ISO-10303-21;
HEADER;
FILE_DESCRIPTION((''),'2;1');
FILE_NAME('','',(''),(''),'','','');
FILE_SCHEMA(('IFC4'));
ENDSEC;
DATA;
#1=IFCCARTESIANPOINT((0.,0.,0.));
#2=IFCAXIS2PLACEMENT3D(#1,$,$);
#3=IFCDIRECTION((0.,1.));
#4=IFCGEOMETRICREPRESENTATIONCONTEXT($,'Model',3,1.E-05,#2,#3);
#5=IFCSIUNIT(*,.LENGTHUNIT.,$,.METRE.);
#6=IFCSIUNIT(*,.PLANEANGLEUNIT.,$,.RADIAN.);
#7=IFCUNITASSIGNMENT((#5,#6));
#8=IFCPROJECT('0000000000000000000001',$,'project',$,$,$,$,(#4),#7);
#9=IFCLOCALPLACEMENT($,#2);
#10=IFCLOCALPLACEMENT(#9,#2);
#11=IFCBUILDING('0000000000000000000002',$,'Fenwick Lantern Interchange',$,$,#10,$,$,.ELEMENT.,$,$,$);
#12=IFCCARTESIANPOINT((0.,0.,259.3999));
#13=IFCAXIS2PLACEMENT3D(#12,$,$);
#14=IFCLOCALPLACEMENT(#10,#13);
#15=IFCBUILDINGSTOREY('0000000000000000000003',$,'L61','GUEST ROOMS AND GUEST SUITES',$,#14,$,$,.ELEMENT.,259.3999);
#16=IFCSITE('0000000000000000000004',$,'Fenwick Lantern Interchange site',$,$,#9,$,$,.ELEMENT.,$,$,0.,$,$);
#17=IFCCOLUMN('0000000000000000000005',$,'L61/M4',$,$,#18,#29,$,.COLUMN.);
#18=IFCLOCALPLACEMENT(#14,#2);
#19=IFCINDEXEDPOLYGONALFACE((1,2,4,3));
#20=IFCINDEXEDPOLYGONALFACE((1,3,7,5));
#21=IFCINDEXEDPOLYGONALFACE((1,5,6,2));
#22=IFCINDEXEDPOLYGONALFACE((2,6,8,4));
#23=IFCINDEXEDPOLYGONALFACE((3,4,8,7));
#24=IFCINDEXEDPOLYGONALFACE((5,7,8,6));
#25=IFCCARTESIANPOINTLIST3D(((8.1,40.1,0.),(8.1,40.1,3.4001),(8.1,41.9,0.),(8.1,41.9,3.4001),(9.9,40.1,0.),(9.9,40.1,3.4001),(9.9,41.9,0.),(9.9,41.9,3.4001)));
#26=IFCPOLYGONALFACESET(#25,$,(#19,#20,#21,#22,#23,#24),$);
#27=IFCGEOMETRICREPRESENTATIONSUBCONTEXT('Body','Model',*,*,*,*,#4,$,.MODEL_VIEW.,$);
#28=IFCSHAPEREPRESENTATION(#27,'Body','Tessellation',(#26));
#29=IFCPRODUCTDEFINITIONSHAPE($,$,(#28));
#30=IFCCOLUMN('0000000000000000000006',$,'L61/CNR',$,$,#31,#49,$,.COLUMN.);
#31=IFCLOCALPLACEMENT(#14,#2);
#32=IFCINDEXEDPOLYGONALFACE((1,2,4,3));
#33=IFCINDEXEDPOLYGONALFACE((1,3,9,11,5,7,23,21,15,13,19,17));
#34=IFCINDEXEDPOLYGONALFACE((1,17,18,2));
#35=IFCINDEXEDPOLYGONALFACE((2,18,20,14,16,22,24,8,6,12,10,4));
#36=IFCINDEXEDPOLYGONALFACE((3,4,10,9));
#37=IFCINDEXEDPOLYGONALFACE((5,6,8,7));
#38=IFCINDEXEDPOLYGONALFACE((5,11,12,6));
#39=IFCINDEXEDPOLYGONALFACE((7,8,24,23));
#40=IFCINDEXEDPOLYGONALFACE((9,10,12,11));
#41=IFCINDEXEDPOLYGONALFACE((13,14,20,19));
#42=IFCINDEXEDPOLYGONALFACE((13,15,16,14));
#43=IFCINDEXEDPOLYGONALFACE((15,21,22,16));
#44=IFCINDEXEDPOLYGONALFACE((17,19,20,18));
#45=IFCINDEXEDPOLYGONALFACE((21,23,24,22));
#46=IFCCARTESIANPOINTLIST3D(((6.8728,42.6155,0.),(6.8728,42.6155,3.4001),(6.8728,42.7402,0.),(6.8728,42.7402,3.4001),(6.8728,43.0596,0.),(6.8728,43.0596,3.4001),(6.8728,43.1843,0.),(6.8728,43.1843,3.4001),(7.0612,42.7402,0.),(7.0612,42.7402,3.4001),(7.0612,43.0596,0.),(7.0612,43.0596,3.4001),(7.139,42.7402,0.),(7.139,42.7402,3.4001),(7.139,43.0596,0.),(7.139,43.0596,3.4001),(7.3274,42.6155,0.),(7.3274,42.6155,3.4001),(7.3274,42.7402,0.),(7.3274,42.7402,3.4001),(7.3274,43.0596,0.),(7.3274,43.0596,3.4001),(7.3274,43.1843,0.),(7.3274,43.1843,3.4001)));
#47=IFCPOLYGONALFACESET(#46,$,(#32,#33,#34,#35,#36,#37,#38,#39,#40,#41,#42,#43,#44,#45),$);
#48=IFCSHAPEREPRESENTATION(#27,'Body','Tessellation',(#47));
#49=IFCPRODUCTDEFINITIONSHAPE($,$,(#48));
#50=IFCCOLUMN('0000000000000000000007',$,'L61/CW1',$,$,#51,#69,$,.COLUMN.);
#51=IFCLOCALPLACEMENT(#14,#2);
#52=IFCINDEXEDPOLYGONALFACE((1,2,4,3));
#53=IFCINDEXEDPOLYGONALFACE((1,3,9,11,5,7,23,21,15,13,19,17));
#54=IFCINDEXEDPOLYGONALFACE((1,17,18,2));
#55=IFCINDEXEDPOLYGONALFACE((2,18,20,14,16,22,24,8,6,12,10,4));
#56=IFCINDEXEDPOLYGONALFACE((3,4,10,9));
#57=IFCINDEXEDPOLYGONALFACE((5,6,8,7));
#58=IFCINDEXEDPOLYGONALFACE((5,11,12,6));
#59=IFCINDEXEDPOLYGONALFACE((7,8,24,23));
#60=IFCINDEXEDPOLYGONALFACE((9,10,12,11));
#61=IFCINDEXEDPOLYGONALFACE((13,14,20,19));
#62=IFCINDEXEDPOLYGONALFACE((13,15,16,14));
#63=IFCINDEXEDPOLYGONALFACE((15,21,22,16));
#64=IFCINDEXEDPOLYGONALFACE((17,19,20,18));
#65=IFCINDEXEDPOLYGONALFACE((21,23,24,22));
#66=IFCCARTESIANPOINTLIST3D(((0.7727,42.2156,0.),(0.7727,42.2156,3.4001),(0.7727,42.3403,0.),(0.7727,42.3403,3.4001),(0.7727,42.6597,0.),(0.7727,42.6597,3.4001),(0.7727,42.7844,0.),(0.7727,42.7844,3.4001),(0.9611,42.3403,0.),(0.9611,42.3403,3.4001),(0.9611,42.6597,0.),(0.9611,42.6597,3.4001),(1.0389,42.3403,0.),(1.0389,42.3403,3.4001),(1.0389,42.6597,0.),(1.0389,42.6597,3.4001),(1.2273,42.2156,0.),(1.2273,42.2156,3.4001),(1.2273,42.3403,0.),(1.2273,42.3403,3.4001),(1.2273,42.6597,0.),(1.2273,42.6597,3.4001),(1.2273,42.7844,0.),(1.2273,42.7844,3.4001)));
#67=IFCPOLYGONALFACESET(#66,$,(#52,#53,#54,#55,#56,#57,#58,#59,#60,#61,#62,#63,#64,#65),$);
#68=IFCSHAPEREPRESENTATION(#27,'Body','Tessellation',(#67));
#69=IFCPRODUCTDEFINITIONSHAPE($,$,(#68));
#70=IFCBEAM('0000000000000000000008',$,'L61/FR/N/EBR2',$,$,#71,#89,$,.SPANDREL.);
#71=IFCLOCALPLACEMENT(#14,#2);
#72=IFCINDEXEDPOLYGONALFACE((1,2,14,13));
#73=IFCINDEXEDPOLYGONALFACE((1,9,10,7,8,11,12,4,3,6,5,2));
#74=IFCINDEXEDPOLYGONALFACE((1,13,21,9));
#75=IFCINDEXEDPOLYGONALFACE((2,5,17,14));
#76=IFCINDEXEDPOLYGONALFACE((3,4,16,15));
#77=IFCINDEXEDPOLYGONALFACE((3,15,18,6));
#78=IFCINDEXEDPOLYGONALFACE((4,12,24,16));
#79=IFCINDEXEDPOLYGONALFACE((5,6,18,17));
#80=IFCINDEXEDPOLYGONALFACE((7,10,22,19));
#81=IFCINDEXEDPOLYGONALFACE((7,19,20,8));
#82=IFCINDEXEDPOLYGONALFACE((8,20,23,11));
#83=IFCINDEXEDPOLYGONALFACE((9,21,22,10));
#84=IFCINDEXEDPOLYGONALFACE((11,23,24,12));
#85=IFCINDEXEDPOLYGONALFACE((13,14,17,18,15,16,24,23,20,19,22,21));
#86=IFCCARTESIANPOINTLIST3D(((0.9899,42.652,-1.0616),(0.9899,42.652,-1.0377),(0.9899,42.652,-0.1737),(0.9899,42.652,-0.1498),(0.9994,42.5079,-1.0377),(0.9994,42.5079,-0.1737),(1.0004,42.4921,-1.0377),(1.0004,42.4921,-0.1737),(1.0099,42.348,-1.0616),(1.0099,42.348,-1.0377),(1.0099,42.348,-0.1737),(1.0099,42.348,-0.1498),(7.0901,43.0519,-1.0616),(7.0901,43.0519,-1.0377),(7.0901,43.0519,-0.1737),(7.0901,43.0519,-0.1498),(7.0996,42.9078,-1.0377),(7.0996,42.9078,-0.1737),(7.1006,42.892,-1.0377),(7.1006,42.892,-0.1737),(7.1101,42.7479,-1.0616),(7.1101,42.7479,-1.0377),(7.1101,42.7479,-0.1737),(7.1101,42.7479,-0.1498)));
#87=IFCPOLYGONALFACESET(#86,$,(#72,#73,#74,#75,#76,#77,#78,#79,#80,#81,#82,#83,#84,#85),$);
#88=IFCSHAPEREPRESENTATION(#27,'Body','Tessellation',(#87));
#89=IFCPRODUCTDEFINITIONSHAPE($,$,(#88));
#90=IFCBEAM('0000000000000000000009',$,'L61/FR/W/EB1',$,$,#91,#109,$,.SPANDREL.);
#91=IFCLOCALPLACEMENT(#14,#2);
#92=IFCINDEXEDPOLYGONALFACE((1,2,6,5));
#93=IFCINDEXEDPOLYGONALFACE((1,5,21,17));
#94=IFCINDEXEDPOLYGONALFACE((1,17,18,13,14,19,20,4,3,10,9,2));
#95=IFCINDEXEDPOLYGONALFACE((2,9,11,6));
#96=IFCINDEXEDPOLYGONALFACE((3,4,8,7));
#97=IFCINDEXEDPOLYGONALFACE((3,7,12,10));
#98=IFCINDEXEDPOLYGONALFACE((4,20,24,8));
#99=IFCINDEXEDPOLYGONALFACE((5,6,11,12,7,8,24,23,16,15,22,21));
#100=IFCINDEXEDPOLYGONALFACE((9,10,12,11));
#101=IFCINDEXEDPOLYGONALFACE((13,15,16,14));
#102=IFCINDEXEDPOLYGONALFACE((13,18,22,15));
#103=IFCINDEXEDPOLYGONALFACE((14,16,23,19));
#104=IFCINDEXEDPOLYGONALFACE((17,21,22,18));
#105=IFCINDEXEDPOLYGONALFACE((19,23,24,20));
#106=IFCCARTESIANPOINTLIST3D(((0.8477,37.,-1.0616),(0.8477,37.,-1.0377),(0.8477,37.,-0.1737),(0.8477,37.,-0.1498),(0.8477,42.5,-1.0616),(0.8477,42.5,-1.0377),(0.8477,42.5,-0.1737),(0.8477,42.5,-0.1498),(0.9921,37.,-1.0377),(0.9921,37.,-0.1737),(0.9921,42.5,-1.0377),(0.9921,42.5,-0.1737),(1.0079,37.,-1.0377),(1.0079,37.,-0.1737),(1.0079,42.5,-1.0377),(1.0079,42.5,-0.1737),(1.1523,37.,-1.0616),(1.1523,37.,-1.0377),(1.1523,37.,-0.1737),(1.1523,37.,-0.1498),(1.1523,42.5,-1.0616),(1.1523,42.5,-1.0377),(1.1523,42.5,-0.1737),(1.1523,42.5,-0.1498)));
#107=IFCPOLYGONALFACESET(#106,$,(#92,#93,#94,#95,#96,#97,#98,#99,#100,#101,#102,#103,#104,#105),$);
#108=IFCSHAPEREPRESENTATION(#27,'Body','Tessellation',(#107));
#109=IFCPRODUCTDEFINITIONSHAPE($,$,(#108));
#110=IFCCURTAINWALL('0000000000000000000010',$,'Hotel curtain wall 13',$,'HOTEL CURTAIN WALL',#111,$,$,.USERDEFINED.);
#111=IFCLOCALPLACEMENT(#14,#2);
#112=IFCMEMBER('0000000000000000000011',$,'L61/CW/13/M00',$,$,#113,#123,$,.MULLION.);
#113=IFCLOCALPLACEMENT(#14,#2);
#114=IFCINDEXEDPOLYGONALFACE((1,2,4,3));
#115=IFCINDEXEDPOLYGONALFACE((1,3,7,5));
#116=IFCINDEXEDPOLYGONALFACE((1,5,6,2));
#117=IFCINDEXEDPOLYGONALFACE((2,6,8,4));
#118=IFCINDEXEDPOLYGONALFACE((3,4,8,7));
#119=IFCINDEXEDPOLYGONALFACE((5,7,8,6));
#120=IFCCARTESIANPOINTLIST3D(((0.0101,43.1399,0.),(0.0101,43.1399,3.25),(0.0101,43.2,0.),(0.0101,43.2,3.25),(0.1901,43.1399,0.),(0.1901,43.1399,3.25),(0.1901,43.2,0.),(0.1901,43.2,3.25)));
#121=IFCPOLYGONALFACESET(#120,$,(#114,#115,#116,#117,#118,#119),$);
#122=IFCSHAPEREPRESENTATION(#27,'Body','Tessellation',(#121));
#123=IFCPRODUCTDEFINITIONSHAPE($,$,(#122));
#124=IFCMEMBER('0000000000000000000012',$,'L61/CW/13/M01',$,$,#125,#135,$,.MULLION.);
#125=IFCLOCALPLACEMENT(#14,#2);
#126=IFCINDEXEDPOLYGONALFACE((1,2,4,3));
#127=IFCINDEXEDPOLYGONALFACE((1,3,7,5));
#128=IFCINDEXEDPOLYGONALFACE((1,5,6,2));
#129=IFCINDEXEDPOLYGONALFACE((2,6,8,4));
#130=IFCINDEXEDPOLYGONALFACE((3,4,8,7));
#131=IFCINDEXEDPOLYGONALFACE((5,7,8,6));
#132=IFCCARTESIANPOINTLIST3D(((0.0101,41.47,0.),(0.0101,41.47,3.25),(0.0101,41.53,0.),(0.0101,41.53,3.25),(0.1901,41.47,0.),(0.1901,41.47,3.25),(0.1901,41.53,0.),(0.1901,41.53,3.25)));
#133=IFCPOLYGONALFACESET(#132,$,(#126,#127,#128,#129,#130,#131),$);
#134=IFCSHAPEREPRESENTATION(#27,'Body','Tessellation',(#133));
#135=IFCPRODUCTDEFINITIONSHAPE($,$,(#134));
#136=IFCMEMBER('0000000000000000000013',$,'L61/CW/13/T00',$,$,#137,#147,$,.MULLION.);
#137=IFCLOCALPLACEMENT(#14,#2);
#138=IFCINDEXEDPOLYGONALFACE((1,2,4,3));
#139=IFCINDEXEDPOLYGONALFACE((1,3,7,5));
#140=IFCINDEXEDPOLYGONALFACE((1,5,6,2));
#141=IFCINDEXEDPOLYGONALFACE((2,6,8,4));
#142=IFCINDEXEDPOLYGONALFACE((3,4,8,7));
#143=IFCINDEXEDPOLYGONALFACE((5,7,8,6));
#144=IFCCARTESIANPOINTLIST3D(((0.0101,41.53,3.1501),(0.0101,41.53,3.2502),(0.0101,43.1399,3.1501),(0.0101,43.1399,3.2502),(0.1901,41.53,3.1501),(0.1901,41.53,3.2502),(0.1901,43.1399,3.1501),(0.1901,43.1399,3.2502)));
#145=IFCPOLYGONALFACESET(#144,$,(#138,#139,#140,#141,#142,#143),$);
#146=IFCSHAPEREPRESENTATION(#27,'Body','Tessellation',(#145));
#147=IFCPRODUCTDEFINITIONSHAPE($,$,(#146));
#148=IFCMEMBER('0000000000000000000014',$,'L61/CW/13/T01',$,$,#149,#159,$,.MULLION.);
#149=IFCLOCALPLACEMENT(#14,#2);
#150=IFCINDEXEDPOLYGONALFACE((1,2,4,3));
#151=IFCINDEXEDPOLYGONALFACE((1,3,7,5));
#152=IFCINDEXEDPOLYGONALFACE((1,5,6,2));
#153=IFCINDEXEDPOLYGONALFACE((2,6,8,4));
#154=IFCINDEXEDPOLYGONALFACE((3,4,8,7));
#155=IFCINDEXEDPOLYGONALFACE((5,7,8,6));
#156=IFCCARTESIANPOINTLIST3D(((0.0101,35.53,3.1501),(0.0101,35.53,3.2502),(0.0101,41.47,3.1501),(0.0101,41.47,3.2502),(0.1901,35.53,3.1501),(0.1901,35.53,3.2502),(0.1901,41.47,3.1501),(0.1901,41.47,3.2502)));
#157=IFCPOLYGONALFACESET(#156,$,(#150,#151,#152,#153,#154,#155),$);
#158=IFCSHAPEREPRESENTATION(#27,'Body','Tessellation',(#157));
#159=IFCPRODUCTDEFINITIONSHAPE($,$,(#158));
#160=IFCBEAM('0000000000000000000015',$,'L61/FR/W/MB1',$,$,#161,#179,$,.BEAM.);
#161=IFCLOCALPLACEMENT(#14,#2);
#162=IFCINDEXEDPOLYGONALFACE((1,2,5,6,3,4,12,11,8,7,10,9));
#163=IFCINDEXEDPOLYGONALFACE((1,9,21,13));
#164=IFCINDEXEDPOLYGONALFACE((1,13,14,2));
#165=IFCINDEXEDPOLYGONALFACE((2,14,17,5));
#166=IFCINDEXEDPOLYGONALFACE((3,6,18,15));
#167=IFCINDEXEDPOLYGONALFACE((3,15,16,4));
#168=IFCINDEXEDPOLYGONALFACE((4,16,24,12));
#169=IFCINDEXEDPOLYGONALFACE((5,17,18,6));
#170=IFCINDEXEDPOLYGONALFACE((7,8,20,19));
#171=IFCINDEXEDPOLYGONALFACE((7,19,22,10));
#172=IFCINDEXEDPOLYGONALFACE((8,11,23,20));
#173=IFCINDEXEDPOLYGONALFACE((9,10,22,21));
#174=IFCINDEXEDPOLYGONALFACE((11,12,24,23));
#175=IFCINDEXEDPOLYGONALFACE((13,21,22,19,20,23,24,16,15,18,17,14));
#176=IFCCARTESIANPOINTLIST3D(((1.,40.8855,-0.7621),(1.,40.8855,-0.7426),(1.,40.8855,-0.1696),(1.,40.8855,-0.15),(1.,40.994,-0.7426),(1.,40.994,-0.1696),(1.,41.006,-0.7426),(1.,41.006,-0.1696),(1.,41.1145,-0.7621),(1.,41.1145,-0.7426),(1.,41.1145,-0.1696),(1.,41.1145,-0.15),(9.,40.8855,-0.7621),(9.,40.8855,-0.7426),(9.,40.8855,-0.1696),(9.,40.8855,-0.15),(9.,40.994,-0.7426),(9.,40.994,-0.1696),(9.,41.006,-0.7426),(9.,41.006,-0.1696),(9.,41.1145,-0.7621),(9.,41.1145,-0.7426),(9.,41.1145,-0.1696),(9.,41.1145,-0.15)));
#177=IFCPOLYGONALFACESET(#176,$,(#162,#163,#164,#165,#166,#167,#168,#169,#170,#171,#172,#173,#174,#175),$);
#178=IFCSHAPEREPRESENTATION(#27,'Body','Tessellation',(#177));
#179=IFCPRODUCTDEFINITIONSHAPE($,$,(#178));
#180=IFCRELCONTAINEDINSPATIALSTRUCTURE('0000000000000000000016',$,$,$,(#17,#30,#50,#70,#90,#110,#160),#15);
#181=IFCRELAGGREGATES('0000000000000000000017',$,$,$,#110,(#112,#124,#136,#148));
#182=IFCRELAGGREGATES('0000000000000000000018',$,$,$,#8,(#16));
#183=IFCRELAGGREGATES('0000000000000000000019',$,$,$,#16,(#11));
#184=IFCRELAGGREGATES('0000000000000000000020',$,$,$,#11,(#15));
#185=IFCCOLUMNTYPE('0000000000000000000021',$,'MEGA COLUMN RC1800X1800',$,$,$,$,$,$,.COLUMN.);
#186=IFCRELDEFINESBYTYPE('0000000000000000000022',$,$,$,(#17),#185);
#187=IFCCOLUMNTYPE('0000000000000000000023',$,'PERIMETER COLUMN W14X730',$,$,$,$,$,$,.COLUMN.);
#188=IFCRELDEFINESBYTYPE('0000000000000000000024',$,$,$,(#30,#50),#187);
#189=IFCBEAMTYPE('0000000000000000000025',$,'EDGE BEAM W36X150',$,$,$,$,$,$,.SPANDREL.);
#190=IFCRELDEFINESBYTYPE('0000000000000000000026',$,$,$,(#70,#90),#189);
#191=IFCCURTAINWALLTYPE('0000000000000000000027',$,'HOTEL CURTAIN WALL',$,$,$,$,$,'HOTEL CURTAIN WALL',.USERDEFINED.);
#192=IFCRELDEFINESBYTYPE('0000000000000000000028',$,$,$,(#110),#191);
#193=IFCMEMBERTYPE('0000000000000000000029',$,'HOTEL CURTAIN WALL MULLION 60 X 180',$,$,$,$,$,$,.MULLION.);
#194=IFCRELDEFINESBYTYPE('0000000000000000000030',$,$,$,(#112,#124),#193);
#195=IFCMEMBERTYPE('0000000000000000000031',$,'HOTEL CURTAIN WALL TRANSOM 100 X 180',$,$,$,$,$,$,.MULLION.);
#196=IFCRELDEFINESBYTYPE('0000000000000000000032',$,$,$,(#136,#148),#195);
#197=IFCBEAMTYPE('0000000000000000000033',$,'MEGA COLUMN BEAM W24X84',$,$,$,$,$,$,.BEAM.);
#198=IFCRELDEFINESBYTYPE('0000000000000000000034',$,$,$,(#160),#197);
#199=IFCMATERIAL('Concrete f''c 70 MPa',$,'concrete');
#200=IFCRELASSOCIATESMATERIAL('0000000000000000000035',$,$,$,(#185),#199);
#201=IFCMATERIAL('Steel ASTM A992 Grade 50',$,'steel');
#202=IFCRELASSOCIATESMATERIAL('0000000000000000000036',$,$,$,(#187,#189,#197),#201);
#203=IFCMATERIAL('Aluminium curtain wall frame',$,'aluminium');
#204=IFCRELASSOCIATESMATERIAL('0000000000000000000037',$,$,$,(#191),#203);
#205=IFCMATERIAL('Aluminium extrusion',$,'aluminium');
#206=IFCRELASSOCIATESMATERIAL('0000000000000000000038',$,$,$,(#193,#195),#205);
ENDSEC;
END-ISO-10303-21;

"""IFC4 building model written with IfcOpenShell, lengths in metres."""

from ifc_helpers import new_model, si_unit, direction, frame, origin, origin_2d, place, context, subcontext, project, spatial, rectangle, i_section, extrude, material, material_profile, profile_set, type_object, element, aggregate, save


model = new_model("IFC4")

# Units and contexts
model_context = context("Model", 3, precision=1e-05, world=origin(), true_north=direction((0.0, 1.0)))
body_context = subcontext(model_context, "Body", "Model", "MODEL_VIEW")
ifc_project = project(units=[si_unit("LENGTHUNIT", "METRE"), si_unit("PLANEANGLEUNIT", "RADIAN")], contexts=[model_context])

# Site, building, storey
site_placement = place(None, origin())
site = spatial("IfcSite", under=ifc_project, at=site_placement, Name="Fenwick Lantern Interchange site", CompositionType="ELEMENT", RefElevation=0.0)
building_placement = place(site_placement, origin())
building = spatial("IfcBuilding", under=site, at=building_placement, Name="Fenwick Lantern Interchange", CompositionType="ELEMENT")
storey_placement = place(building_placement, frame((0.0, 0.0, 259.3999)))
storey = spatial("IfcBuildingStorey", under=building, at=storey_placement, Name="L61", Description="GUEST ROOMS AND GUEST SUITES", CompositionType="ELEMENT", Elevation=259.3999)

# Columns
ifc_material_1 = material(Name="Concrete f'c 70 MPa", Category="concrete")
ifc_material_profile_1 = material_profile(ifc_material_1, rectangle(XDim=1.8, YDim=1.8, at=origin_2d()), Name="RC1800X1800")
ifc_profile_set_1 = profile_set([ifc_material_profile_1], Name="Concrete f'c 70 MPa")
column_type_1 = type_object("IfcColumnType", Name="MEGA COLUMN RC1800X1800", PredefinedType="COLUMN", material=ifc_profile_set_1)
column_placement = place(storey_placement, frame((9.0, 41.0, 0.0), z_axis=(0.0, 0.0, 1.0), x_axis=(1.0, 0.0, 0.0)))
element("IfcColumn", 1, at=column_placement, inside=storey, type_object=column_type_1, Name="L61/M4", PredefinedType="COLUMN", context=body_context, shape_type="SweptSolid", body=[
    extrude(rectangle(XDim=1.8, YDim=1.8, at=origin_2d()), origin(), (0.0, 0.0, 1.0), 3.4001),
])
ifc_material_2 = material(Name="Steel ASTM A992 Grade 50", Category="steel")
ifc_material_profile_2 = material_profile(ifc_material_2, i_section(OverallWidth=0.4546, OverallDepth=0.5688, WebThickness=0.0779, FlangeThickness=0.1248, at=origin_2d()), Name="W14X730")
ifc_profile_set_2 = profile_set([ifc_material_profile_2], Name="Steel ASTM A992 Grade 50")
column_type_2 = type_object("IfcColumnType", Name="PERIMETER COLUMN W14X730", PredefinedType="COLUMN", material=ifc_profile_set_2)
for number, where, z_axis, x_axis, name in (
    (2, (7.1001, 42.8999, 0.0), (0.0, 0.0, 1.0), (1.0, 0.0, 0.0), "L61/CNR"),
    (3, (1.0, 42.5, 0.0), (0.0, 0.0, 1.0), (1.0, 0.0, 0.0), "L61/CW1"),
):
    element("IfcColumn", number, at=place(storey_placement, frame(where, z_axis=z_axis, x_axis=x_axis)), inside=storey, type_object=column_type_2, Name=name, PredefinedType="COLUMN", context=body_context, shape_type="SweptSolid", body=[
        extrude(i_section(OverallWidth=0.4546, OverallDepth=0.5688, WebThickness=0.0779, FlangeThickness=0.1248, at=origin_2d()), origin(), (0.0, 0.0, 1.0), 3.4001),
    ])

# Beams
ifc_material_profile_3 = material_profile(ifc_material_2, i_section(OverallWidth=0.3047, OverallDepth=0.9119, WebThickness=0.0159, FlangeThickness=0.0239, at=origin_2d()), Name="W36X150")
ifc_profile_set_3 = profile_set([ifc_material_profile_3], Name="Steel ASTM A992 Grade 50")
beam_type_1 = type_object("IfcBeamType", Name="EDGE BEAM W36X150", PredefinedType="SPANDREL", material=ifc_profile_set_3)
beam_1_placement = place(storey_placement, frame((7.1001, 42.8999, -0.6057), z_axis=(-0.997858, -0.065416, 0.0), x_axis=(0.065416, -0.997858, 0.0)))
element("IfcBeam", 4, at=beam_1_placement, inside=storey, type_object=beam_type_1, Name="L61/FR/N/EBR2", PredefinedType="SPANDREL", context=body_context, shape_type="SweptSolid", body=[
    extrude(i_section(OverallWidth=0.3047, OverallDepth=0.9119, WebThickness=0.0159, FlangeThickness=0.0239, at=origin_2d()), origin(), (0.0, 0.0, 1.0), 6.1133),
])
beam_2_placement = place(storey_placement, frame((1.0, 42.5, -0.6057), z_axis=(0.0, -1.0, 0.0), x_axis=(1.0, 0.0, 0.0)))
element("IfcBeam", 5, at=beam_2_placement, inside=storey, type_object=beam_type_1, Name="L61/FR/W/EB1", PredefinedType="SPANDREL", context=body_context, shape_type="SweptSolid", body=[
    extrude(i_section(OverallWidth=0.3047, OverallDepth=0.9119, WebThickness=0.0159, FlangeThickness=0.0239, at=origin_2d()), origin(), (0.0, 0.0, 1.0), 5.5),
])

# Curtain wall, members
ifc_material_3 = material(Name="Aluminium curtain wall frame", Category="aluminium")
curtain_wall_type = type_object("IfcCurtainWallType", Name="HOTEL CURTAIN WALL", ElementType="HOTEL CURTAIN WALL", PredefinedType="USERDEFINED", material=ifc_material_3)
curtain_wall_placement = place(storey_placement, origin())
curtain_wall = element("IfcCurtainWall", 6, at=curtain_wall_placement, inside=storey, type_object=curtain_wall_type, Name="Hotel curtain wall 13", ObjectType="HOTEL CURTAIN WALL", PredefinedType="USERDEFINED")
ifc_material_4 = material(Name="Aluminium extrusion", Category="aluminium")
ifc_material_profile_4 = material_profile(ifc_material_4, rectangle(XDim=0.1799, YDim=0.0601, at=origin_2d()), Name="HOTEL CURTAIN WALL MULLION 60 X 180")
ifc_profile_set_4 = profile_set([ifc_material_profile_4], Name="Aluminium extrusion")
member_type_1 = type_object("IfcMemberType", Name="HOTEL CURTAIN WALL MULLION 60 X 180", PredefinedType="MULLION", material=ifc_profile_set_4)
member_1_placement = place(storey_placement, frame((0.1001, 43.1699, 0.0), z_axis=(0.0, 0.0, 1.0), x_axis=(1.0, 0.0, 0.0)))
member_1 = element("IfcMember", 7, at=member_1_placement, type_object=member_type_1, Name="L61/CW/13/M00", PredefinedType="MULLION", context=body_context, shape_type="SweptSolid", body=[
    extrude(rectangle(XDim=0.1799, YDim=0.0601, at=origin_2d()), origin(), (0.0, 0.0, 1.0), 3.25),
])
member_2_placement = place(storey_placement, frame((0.1001, 41.5, 0.0), z_axis=(0.0, 0.0, 1.0), x_axis=(1.0, 0.0, 0.0)))
member_2 = element("IfcMember", 8, at=member_2_placement, type_object=member_type_1, Name="L61/CW/13/M01", PredefinedType="MULLION", context=body_context, shape_type="SweptSolid", body=[
    extrude(rectangle(XDim=0.1799, YDim=0.0601, at=origin_2d()), origin(), (0.0, 0.0, 1.0), 3.25),
])
ifc_material_profile_5 = material_profile(ifc_material_4, rectangle(XDim=0.1799, YDim=0.1001, at=origin_2d()), Name="HOTEL CURTAIN WALL TRANSOM 100 X 180")
ifc_profile_set_5 = profile_set([ifc_material_profile_5], Name="Aluminium extrusion")
member_type_2 = type_object("IfcMemberType", Name="HOTEL CURTAIN WALL TRANSOM 100 X 180", PredefinedType="MULLION", material=ifc_profile_set_5)
member_3_placement = place(storey_placement, frame((0.1001, 43.1399, 3.2002), z_axis=(0.0, -1.0, 0.0), x_axis=(1.0, 0.0, 0.0)))
member_3 = element("IfcMember", 9, at=member_3_placement, type_object=member_type_2, Name="L61/CW/13/T00", PredefinedType="MULLION", context=body_context, shape_type="SweptSolid", body=[
    extrude(rectangle(XDim=0.1799, YDim=0.1001, at=origin_2d()), origin(), (0.0, 0.0, 1.0), 1.6099),
])
member_4_placement = place(storey_placement, frame((0.1001, 41.47, 3.2002), z_axis=(0.0, -1.0, 0.0), x_axis=(1.0, 0.0, 0.0)))
member_4 = element("IfcMember", 10, at=member_4_placement, type_object=member_type_2, Name="L61/CW/13/T01", PredefinedType="MULLION", context=body_context, shape_type="SweptSolid", body=[
    extrude(rectangle(XDim=0.1799, YDim=0.1001, at=origin_2d()), origin(), (0.0, 0.0, 1.0), 5.9399),
])

# Beam
ifc_material_profile_6 = material_profile(ifc_material_2, i_section(OverallWidth=0.229, OverallDepth=0.6121, WebThickness=0.012, FlangeThickness=0.0195, at=origin_2d()), Name="W24X84")
ifc_profile_set_6 = profile_set([ifc_material_profile_6], Name="Steel ASTM A992 Grade 50")
beam_type_2 = type_object("IfcBeamType", Name="MEGA COLUMN BEAM W24X84", PredefinedType="BEAM", material=ifc_profile_set_6)
for number, where, z_axis, x_axis, name in (
    (11, (9.0, 41.0, -0.4561), (-1.0, 0.0, 0.0), (0.0, -1.0, 0.0), "L61/FR/W/MB1"),
):
    element("IfcBeam", number, at=place(storey_placement, frame(where, z_axis=z_axis, x_axis=x_axis)), inside=storey, type_object=beam_type_2, Name=name, PredefinedType="BEAM", context=body_context, shape_type="SweptSolid", body=[
        extrude(i_section(OverallWidth=0.229, OverallDepth=0.6121, WebThickness=0.012, FlangeThickness=0.0195, at=origin_2d()), origin(), (0.0, 0.0, 1.0), 8.0),
    ])

aggregate(curtain_wall, [member_1, member_2, member_3, member_4])

save(model, "model.ifc")
